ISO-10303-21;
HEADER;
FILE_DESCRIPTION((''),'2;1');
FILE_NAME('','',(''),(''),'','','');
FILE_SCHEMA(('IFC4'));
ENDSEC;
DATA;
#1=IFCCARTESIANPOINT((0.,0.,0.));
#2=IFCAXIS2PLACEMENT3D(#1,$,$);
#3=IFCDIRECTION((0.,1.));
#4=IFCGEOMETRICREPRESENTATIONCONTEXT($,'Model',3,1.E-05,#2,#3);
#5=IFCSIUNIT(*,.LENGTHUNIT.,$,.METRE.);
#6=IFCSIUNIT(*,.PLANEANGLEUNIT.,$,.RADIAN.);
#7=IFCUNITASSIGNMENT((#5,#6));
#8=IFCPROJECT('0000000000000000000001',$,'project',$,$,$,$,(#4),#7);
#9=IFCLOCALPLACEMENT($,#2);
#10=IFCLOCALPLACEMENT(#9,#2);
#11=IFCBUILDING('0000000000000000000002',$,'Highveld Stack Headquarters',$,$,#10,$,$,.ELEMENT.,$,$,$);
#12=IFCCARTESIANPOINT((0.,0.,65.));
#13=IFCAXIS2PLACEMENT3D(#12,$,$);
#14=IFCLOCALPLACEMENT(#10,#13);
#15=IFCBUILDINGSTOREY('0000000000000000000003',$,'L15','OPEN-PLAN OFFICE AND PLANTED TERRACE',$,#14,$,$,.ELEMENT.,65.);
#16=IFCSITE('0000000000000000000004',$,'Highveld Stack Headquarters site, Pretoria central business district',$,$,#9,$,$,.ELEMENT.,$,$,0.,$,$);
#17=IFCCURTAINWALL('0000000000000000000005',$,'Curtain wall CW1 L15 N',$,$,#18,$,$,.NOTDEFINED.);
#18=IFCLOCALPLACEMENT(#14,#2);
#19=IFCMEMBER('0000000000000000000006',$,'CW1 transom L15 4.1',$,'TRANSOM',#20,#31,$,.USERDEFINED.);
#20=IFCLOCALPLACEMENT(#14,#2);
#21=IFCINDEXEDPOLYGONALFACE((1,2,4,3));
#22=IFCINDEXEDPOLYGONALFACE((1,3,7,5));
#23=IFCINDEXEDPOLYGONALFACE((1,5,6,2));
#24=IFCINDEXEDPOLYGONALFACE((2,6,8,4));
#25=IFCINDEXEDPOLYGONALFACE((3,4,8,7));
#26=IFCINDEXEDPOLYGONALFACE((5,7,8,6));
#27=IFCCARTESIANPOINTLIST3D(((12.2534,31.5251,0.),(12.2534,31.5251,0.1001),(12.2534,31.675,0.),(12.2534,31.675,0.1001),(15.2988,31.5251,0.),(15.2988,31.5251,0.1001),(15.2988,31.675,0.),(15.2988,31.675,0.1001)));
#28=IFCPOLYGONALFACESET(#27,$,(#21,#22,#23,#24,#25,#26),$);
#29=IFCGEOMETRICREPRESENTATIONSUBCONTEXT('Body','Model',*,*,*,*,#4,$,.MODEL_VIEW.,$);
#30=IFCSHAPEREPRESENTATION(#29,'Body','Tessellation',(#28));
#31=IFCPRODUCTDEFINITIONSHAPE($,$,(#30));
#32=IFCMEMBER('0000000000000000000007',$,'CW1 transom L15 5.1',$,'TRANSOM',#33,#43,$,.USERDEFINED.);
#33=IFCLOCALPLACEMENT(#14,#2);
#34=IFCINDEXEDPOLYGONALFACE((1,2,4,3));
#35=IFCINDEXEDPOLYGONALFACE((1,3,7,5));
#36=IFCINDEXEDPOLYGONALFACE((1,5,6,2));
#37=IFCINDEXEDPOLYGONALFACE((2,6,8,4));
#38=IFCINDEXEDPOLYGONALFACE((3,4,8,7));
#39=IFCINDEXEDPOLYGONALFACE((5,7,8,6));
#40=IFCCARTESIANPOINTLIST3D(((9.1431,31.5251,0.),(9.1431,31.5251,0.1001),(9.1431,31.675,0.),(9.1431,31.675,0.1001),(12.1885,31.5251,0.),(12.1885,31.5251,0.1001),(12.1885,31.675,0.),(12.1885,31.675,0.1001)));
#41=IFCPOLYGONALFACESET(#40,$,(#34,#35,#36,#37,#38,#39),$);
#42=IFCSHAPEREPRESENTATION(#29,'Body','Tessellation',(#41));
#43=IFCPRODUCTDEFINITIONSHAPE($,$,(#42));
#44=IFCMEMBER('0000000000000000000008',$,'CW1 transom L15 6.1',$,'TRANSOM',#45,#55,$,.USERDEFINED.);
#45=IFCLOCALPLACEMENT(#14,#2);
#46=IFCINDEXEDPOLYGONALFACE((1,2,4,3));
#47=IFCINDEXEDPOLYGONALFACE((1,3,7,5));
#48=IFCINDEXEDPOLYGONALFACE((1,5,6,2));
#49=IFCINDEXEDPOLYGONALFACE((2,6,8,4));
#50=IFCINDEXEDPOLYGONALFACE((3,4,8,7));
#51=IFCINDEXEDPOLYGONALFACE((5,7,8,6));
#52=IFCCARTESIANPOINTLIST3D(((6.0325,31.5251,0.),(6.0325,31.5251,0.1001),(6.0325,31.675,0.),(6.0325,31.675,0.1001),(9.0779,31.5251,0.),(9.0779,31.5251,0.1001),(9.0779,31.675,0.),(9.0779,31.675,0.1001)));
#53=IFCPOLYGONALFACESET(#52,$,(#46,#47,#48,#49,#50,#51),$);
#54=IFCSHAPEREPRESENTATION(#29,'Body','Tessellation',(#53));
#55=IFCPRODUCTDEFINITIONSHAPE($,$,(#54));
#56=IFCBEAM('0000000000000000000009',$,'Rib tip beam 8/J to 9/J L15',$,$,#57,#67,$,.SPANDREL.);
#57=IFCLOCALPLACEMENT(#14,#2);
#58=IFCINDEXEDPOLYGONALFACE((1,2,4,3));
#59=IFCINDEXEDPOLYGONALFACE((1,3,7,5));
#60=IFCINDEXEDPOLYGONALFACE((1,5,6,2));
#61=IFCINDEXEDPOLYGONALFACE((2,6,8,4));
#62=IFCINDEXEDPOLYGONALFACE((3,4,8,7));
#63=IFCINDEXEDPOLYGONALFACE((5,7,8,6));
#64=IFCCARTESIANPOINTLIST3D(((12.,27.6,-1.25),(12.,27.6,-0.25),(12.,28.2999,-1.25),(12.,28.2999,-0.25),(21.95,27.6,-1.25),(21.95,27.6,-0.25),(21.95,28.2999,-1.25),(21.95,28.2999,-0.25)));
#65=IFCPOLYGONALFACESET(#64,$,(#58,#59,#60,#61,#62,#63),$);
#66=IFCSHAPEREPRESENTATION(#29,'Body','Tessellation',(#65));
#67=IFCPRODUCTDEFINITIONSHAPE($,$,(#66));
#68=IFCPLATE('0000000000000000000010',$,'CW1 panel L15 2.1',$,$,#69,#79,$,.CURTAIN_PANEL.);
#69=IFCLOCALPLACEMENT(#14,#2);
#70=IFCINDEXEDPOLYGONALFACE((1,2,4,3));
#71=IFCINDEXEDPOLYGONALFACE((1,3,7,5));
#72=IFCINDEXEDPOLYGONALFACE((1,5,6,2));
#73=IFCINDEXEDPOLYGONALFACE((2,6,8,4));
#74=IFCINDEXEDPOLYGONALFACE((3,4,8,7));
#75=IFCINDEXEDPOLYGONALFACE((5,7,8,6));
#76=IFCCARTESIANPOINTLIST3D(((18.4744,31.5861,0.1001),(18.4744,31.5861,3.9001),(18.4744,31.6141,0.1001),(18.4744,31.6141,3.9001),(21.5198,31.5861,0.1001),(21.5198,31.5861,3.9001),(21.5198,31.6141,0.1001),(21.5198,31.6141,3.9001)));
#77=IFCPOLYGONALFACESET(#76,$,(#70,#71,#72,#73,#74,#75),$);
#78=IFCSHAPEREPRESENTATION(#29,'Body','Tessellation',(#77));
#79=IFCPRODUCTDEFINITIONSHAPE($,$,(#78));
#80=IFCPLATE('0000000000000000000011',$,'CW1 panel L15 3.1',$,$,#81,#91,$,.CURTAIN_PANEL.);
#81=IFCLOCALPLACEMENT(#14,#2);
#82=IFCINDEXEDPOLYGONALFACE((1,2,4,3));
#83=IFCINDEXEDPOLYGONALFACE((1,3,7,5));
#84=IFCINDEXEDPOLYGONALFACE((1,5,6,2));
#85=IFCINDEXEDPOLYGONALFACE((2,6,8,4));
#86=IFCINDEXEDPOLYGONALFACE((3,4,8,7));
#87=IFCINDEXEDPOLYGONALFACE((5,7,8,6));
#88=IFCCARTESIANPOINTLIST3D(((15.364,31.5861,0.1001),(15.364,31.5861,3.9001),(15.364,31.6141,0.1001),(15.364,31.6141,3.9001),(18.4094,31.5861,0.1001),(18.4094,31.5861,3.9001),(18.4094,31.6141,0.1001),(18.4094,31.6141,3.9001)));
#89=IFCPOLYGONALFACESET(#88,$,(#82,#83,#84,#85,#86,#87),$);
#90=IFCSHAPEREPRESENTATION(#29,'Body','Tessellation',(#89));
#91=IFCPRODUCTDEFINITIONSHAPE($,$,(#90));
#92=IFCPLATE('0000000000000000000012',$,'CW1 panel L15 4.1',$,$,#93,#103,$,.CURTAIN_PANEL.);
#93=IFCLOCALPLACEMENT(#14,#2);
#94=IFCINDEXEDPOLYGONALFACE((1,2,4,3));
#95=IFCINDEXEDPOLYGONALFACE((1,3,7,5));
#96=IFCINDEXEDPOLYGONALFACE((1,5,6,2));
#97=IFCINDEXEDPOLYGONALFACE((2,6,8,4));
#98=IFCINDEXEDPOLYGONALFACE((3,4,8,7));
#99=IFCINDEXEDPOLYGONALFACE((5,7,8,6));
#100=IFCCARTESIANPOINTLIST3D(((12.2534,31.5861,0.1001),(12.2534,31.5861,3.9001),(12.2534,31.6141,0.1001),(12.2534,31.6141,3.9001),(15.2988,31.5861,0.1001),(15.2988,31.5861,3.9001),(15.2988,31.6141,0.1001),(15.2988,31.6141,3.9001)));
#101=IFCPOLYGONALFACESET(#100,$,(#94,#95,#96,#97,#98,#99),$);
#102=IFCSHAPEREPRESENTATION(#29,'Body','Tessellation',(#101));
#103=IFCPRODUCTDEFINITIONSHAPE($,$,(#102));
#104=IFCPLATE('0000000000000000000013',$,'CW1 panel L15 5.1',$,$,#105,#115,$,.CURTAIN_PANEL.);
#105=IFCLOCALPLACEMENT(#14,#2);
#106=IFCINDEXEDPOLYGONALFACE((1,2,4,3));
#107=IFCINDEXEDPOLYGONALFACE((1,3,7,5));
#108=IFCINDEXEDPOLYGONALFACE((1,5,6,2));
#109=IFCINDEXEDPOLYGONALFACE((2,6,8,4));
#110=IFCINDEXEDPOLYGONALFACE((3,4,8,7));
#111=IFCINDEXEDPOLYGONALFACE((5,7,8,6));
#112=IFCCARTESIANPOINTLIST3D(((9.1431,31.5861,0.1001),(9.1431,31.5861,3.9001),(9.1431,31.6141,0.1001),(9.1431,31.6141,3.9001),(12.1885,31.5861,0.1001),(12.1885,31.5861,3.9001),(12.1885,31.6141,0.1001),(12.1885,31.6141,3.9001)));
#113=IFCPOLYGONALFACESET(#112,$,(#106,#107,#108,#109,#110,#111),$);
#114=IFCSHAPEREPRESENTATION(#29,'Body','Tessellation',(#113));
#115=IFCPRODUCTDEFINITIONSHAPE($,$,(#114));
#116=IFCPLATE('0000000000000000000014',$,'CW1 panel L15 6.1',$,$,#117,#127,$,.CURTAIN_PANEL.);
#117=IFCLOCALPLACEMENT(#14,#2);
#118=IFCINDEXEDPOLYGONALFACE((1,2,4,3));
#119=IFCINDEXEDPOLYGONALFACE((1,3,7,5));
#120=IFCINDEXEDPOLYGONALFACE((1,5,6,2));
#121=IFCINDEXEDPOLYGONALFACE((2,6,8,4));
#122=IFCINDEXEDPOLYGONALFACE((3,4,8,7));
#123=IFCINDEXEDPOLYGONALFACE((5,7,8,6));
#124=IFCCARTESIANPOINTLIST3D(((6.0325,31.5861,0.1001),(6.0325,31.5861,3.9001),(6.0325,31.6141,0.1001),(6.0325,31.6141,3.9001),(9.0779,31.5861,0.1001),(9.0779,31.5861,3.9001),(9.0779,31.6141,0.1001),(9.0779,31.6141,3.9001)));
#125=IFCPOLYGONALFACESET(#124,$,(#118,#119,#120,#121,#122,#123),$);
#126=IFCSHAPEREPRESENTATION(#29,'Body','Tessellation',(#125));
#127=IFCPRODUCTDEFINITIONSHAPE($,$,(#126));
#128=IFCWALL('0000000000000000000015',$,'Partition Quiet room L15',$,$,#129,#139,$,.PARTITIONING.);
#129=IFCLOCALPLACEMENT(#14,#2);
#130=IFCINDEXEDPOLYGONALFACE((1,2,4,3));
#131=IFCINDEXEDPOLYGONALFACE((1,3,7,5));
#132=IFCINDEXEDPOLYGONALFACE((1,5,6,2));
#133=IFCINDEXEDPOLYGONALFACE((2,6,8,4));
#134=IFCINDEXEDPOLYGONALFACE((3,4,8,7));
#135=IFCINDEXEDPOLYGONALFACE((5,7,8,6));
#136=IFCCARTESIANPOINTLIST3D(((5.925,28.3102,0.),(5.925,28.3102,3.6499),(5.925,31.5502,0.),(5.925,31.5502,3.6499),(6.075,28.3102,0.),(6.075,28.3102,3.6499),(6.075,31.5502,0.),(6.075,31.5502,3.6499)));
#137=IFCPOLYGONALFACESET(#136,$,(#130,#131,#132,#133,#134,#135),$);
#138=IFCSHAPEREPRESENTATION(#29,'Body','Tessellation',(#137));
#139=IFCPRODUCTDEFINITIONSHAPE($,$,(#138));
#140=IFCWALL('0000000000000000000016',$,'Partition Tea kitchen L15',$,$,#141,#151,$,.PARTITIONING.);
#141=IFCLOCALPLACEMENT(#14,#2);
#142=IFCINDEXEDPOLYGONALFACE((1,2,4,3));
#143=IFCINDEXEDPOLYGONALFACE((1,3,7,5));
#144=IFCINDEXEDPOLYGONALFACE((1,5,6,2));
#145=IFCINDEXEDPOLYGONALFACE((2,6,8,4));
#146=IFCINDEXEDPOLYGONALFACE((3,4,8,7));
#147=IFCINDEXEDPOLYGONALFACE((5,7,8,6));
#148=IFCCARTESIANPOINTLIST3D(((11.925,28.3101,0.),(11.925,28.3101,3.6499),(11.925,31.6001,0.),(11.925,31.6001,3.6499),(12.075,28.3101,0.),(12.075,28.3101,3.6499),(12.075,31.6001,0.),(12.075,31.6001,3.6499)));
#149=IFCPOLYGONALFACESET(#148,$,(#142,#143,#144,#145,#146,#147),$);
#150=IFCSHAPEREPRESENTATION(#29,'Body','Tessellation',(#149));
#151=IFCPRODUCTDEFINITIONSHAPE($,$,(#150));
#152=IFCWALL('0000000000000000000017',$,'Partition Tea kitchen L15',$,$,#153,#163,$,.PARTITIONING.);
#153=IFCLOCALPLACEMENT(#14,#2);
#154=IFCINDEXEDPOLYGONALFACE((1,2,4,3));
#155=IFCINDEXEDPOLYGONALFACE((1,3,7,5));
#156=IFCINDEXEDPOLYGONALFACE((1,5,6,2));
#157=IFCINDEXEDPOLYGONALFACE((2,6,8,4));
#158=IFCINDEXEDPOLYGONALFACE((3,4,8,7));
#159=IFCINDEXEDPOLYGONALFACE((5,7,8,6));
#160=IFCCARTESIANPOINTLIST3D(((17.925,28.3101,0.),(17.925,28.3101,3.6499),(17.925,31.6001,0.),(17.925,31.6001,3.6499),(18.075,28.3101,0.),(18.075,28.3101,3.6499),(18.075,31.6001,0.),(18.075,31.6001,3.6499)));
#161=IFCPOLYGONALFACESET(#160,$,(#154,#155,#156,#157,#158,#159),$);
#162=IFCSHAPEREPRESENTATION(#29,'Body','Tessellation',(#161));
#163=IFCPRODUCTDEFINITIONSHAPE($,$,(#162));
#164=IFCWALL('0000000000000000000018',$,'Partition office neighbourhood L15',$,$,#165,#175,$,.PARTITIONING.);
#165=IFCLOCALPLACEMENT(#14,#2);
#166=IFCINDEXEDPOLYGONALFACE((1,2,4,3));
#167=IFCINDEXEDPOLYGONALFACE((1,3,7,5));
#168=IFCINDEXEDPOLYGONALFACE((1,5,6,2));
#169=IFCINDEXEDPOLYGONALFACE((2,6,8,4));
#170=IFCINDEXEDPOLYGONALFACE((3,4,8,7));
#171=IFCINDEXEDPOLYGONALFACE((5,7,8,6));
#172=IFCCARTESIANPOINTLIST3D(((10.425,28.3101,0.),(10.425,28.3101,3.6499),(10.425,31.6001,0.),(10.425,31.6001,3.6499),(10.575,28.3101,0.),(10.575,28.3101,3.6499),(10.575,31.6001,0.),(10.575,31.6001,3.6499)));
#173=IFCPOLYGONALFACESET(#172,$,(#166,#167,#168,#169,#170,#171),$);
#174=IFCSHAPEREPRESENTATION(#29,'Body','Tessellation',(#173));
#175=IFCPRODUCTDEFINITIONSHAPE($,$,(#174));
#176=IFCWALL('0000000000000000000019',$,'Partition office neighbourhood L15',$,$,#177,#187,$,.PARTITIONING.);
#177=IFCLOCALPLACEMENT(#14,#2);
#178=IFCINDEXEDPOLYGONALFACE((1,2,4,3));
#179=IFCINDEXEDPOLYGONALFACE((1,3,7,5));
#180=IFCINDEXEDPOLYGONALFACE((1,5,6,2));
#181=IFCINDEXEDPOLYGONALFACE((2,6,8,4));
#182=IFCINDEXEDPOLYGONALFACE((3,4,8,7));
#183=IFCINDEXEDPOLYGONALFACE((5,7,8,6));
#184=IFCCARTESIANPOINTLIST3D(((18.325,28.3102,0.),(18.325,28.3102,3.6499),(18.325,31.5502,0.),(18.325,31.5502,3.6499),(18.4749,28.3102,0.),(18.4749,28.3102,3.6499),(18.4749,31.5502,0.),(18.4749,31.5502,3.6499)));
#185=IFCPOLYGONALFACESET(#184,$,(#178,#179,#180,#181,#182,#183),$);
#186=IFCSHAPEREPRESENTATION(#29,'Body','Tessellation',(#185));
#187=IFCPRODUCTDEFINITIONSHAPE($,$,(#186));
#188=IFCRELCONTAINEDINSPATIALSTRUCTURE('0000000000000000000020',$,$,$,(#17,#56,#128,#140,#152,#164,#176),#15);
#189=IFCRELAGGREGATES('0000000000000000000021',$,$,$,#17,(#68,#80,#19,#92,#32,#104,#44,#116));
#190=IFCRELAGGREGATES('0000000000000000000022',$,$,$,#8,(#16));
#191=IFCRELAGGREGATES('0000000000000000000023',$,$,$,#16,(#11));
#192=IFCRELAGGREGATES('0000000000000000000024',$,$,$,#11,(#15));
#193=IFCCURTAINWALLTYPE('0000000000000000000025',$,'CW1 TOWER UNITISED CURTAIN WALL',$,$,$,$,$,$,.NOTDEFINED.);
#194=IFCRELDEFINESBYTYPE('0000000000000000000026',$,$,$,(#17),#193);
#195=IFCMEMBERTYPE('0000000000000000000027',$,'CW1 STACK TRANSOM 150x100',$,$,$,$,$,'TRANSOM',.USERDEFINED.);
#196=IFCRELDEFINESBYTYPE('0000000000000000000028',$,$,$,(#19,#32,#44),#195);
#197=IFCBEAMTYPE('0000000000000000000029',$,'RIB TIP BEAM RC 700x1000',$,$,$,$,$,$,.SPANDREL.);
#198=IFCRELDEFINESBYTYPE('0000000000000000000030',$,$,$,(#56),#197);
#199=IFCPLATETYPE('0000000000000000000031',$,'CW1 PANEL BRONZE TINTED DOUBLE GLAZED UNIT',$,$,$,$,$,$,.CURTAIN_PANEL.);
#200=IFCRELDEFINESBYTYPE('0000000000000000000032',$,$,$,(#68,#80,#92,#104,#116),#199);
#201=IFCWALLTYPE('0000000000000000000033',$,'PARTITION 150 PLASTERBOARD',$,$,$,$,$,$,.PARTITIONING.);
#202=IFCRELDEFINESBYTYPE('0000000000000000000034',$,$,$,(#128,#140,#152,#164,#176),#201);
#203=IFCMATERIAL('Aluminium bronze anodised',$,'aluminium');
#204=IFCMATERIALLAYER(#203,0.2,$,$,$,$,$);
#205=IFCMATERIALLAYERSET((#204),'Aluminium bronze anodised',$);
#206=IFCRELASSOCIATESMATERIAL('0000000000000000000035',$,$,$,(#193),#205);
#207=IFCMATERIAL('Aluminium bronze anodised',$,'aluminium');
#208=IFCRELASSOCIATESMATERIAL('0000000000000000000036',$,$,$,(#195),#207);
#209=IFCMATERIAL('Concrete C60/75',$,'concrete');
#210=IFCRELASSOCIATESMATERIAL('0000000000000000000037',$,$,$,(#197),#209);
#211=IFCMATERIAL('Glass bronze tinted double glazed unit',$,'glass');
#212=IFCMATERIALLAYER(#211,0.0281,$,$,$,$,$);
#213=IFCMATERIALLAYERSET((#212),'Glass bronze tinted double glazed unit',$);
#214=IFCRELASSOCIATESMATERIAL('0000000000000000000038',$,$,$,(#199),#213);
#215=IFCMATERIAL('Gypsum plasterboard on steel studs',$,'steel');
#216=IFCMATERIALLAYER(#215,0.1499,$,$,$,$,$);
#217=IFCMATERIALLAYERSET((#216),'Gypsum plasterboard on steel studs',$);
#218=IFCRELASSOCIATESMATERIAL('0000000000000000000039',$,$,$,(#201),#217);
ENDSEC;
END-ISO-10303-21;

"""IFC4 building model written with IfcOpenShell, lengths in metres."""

from ifc_helpers import new_model, si_unit, direction, frame, frame_2d, origin, origin_2d, place, context, subcontext, project, spatial, rectangle, extrude, material, layer, layer_set, material_profile, profile_set, type_object, element, aggregate, save


model = new_model("IFC4")

# Units and contexts
model_context = context("Model", 3, precision=1e-05, world=origin(), true_north=direction((0.0, 1.0)))
body_context = subcontext(model_context, "Body", "Model", "MODEL_VIEW")
ifc_project = project(units=[si_unit("LENGTHUNIT", "METRE"), si_unit("PLANEANGLEUNIT", "RADIAN")], contexts=[model_context])

# Site, building, storey
site_placement = place(None, origin())
site = spatial("IfcSite", under=ifc_project, at=site_placement, Name="Highveld Stack Headquarters site, Pretoria central business district", CompositionType="ELEMENT", RefElevation=0.0)
building_placement = place(site_placement, origin())
building = spatial("IfcBuilding", under=site, at=building_placement, Name="Highveld Stack Headquarters", CompositionType="ELEMENT")
storey_placement = place(building_placement, frame((0.0, 0.0, 65.0)))
storey = spatial("IfcBuildingStorey", under=building, at=storey_placement, Name="L15", Description="OPEN-PLAN OFFICE AND PLANTED TERRACE", CompositionType="ELEMENT", Elevation=65.0)

# Curtain wall, members
ifc_material_1 = material(Name="Aluminium bronze anodised", Category="aluminium")
ifc_layer_1 = layer(ifc_material_1, 0.2)
ifc_layer_set_1 = layer_set([ifc_layer_1], Name="Aluminium bronze anodised")
curtain_wall_type = type_object("IfcCurtainWallType", Name="CW1 TOWER UNITISED CURTAIN WALL", PredefinedType="NOTDEFINED", material=ifc_layer_set_1)
curtain_wall_placement = place(storey_placement, origin())
curtain_wall = element("IfcCurtainWall", 1, at=curtain_wall_placement, inside=storey, type_object=curtain_wall_type, Name="Curtain wall CW1 L15 N", PredefinedType="NOTDEFINED")
ifc_material_2 = material(Name="Aluminium bronze anodised", Category="aluminium")
ifc_material_profile_1 = material_profile(ifc_material_2, rectangle(XDim=0.1499, YDim=0.1001, at=origin_2d()), Name="CW1 TRANSOM 150x100")
ifc_profile_set_1 = profile_set([ifc_material_profile_1], Name="Aluminium bronze anodised")
member_type_1 = type_object("IfcMemberType", Name="CW1 STACK TRANSOM 150x100", ElementType="TRANSOM", PredefinedType="USERDEFINED", material=ifc_profile_set_1)
member_1_placement = place(storey_placement, frame((15.2988, 31.6001, 0.05), z_axis=(-1.0, 0.0, 0.0), x_axis=(0.0, -1.0, 0.0)))
member_1 = element("IfcMember", 2, at=member_1_placement, type_object=member_type_1, Name="CW1 transom L15 4.1", ObjectType="TRANSOM", PredefinedType="USERDEFINED", context=body_context, shape_type="SweptSolid", body=[
    extrude(rectangle(XDim=0.1499, YDim=0.1001, at=origin_2d()), origin(), (0.0, 0.0, 1.0), 3.0454),
])
member_2_placement = place(storey_placement, frame((12.1885, 31.6001, 0.05), z_axis=(-1.0, 0.0, 0.0), x_axis=(0.0, -1.0, 0.0)))
member_2 = element("IfcMember", 3, at=member_2_placement, type_object=member_type_1, Name="CW1 transom L15 5.1", ObjectType="TRANSOM", PredefinedType="USERDEFINED", context=body_context, shape_type="SweptSolid", body=[
    extrude(rectangle(XDim=0.1499, YDim=0.1001, at=origin_2d()), origin(), (0.0, 0.0, 1.0), 3.0454),
])
member_3_placement = place(storey_placement, frame((9.0779, 31.6001, 0.05), z_axis=(-1.0, 0.0, 0.0), x_axis=(0.0, -1.0, 0.0)))
member_3 = element("IfcMember", 4, at=member_3_placement, type_object=member_type_1, Name="CW1 transom L15 6.1", ObjectType="TRANSOM", PredefinedType="USERDEFINED", context=body_context, shape_type="SweptSolid", body=[
    extrude(rectangle(XDim=0.1499, YDim=0.1001, at=origin_2d()), origin(), (0.0, 0.0, 1.0), 3.0454),
])

# Beam
ifc_material_3 = material(Name="Concrete C60/75", Category="concrete")
ifc_material_profile_2 = material_profile(ifc_material_3, rectangle(XDim=0.7, YDim=1.0, at=origin_2d()), Name="RC 700x1000")
ifc_profile_set_2 = profile_set([ifc_material_profile_2], Name="Concrete C60/75")
beam_type = type_object("IfcBeamType", Name="RIB TIP BEAM RC 700x1000", PredefinedType="SPANDREL", material=ifc_profile_set_2)
beam_placement = place(storey_placement, frame((12.0, 27.95, -0.75), z_axis=(1.0, 0.0, 0.0), x_axis=(0.0, 1.0, 0.0)))
element("IfcBeam", 5, at=beam_placement, inside=storey, type_object=beam_type, Name="Rib tip beam 8/J to 9/J L15", PredefinedType="SPANDREL", context=body_context, shape_type="SweptSolid", body=[
    extrude(rectangle(XDim=0.7, YDim=1.0, at=origin_2d()), origin(), (0.0, 0.0, 1.0), 9.95),
])

# Plates
ifc_material_4 = material(Name="Glass bronze tinted double glazed unit", Category="glass")
ifc_layer_2 = layer(ifc_material_4, 0.0281)
ifc_layer_set_2 = layer_set([ifc_layer_2], Name="Glass bronze tinted double glazed unit")
plate_type = type_object("IfcPlateType", Name="CW1 PANEL BRONZE TINTED DOUBLE GLAZED UNIT", PredefinedType="CURTAIN_PANEL", material=ifc_layer_set_2)
plate_1_placement = place(storey_placement, frame((19.9971, 31.6001, 0.1001), z_axis=(0.0, 0.0, 1.0), x_axis=(-1.0, 0.0, 0.0)))
plate_1 = element("IfcPlate", 6, at=plate_1_placement, type_object=plate_type, Name="CW1 panel L15 2.1", PredefinedType="CURTAIN_PANEL", context=body_context, shape_type="SweptSolid", body=[
    extrude(rectangle(XDim=3.0454, YDim=0.0281, at=origin_2d()), origin(), (0.0, 0.0, 1.0), 3.8),
])
plate_2_placement = place(storey_placement, frame((16.8867, 31.6001, 0.1001), z_axis=(0.0, 0.0, 1.0), x_axis=(-1.0, 0.0, 0.0)))
plate_2 = element("IfcPlate", 7, at=plate_2_placement, type_object=plate_type, Name="CW1 panel L15 3.1", PredefinedType="CURTAIN_PANEL", context=body_context, shape_type="SweptSolid", body=[
    extrude(rectangle(XDim=3.0454, YDim=0.0281, at=origin_2d()), origin(), (0.0, 0.0, 1.0), 3.8),
])
plate_3_placement = place(storey_placement, frame((13.7761, 31.6001, 0.1001), z_axis=(0.0, 0.0, 1.0), x_axis=(-1.0, 0.0, 0.0)))
plate_3 = element("IfcPlate", 8, at=plate_3_placement, type_object=plate_type, Name="CW1 panel L15 4.1", PredefinedType="CURTAIN_PANEL", context=body_context, shape_type="SweptSolid", body=[
    extrude(rectangle(XDim=3.0454, YDim=0.0281, at=origin_2d()), origin(), (0.0, 0.0, 1.0), 3.8),
])
plate_4_placement = place(storey_placement, frame((10.6658, 31.6001, 0.1001), z_axis=(0.0, 0.0, 1.0), x_axis=(-1.0, 0.0, 0.0)))
plate_4 = element("IfcPlate", 9, at=plate_4_placement, type_object=plate_type, Name="CW1 panel L15 5.1", PredefinedType="CURTAIN_PANEL", context=body_context, shape_type="SweptSolid", body=[
    extrude(rectangle(XDim=3.0454, YDim=0.0281, at=origin_2d()), origin(), (0.0, 0.0, 1.0), 3.8),
])
plate_5_placement = place(storey_placement, frame((7.5552, 31.6001, 0.1001), z_axis=(0.0, 0.0, 1.0), x_axis=(-1.0, 0.0, 0.0)))
plate_5 = element("IfcPlate", 10, at=plate_5_placement, type_object=plate_type, Name="CW1 panel L15 6.1", PredefinedType="CURTAIN_PANEL", context=body_context, shape_type="SweptSolid", body=[
    extrude(rectangle(XDim=3.0454, YDim=0.0281, at=origin_2d()), origin(), (0.0, 0.0, 1.0), 3.8),
])
aggregate(curtain_wall, [plate_1, plate_2, member_1, plate_3, member_2, plate_4, member_3, plate_5])

# Walls
ifc_material_5 = material(Name="Gypsum plasterboard on steel studs", Category="steel")
ifc_layer_3 = layer(ifc_material_5, 0.1499)
ifc_layer_set_3 = layer_set([ifc_layer_3], Name="Gypsum plasterboard on steel studs")
wall_type = type_object("IfcWallType", Name="PARTITION 150 PLASTERBOARD", PredefinedType="PARTITIONING", material=ifc_layer_set_3)
wall_1_placement = place(storey_placement, frame((6.0, 28.3101, 0.0), z_axis=(0.0, 0.0, 1.0), x_axis=(0.0, 1.0, 0.0)))
element("IfcWall", 11, at=wall_1_placement, inside=storey, type_object=wall_type, Name="Partition Quiet room L15", PredefinedType="PARTITIONING", context=body_context, shape_type="SweptSolid", body=[
    extrude(rectangle(XDim=3.24, YDim=0.1499, at=frame_2d((1.6201, 0.0))), origin(), (0.0, 0.0, 1.0), 3.6499),
])
for number, where, z_axis, x_axis, name in (
    (12, (12.0, 28.3101, 0.0), (0.0, 0.0, 1.0), (0.0, 1.0, 0.0), "Partition Tea kitchen L15"),
    (13, (18.0, 28.3101, 0.0), (0.0, 0.0, 1.0), (0.0, 1.0, 0.0), "Partition Tea kitchen L15"),
    (14, (10.5, 28.3101, 0.0), (0.0, 0.0, 1.0), (0.0, 1.0, 0.0), "Partition office neighbourhood L15"),
):
    element("IfcWall", number, at=place(storey_placement, frame(where, z_axis=z_axis, x_axis=x_axis)), inside=storey, type_object=wall_type, Name=name, PredefinedType="PARTITIONING", context=body_context, shape_type="SweptSolid", body=[
        extrude(rectangle(XDim=3.29, YDim=0.1499, at=frame_2d((1.645, 0.0))), origin(), (0.0, 0.0, 1.0), 3.6499),
    ])
wall_2_placement = place(storey_placement, frame((18.3999, 28.3101, 0.0), z_axis=(0.0, 0.0, 1.0), x_axis=(0.0, 1.0, 0.0)))
element("IfcWall", 15, at=wall_2_placement, inside=storey, type_object=wall_type, Name="Partition office neighbourhood L15", PredefinedType="PARTITIONING", context=body_context, shape_type="SweptSolid", body=[
    extrude(rectangle(XDim=3.24, YDim=0.1499, at=frame_2d((1.6201, 0.0))), origin(), (0.0, 0.0, 1.0), 3.6499),
])

save(model, "model.ifc")
